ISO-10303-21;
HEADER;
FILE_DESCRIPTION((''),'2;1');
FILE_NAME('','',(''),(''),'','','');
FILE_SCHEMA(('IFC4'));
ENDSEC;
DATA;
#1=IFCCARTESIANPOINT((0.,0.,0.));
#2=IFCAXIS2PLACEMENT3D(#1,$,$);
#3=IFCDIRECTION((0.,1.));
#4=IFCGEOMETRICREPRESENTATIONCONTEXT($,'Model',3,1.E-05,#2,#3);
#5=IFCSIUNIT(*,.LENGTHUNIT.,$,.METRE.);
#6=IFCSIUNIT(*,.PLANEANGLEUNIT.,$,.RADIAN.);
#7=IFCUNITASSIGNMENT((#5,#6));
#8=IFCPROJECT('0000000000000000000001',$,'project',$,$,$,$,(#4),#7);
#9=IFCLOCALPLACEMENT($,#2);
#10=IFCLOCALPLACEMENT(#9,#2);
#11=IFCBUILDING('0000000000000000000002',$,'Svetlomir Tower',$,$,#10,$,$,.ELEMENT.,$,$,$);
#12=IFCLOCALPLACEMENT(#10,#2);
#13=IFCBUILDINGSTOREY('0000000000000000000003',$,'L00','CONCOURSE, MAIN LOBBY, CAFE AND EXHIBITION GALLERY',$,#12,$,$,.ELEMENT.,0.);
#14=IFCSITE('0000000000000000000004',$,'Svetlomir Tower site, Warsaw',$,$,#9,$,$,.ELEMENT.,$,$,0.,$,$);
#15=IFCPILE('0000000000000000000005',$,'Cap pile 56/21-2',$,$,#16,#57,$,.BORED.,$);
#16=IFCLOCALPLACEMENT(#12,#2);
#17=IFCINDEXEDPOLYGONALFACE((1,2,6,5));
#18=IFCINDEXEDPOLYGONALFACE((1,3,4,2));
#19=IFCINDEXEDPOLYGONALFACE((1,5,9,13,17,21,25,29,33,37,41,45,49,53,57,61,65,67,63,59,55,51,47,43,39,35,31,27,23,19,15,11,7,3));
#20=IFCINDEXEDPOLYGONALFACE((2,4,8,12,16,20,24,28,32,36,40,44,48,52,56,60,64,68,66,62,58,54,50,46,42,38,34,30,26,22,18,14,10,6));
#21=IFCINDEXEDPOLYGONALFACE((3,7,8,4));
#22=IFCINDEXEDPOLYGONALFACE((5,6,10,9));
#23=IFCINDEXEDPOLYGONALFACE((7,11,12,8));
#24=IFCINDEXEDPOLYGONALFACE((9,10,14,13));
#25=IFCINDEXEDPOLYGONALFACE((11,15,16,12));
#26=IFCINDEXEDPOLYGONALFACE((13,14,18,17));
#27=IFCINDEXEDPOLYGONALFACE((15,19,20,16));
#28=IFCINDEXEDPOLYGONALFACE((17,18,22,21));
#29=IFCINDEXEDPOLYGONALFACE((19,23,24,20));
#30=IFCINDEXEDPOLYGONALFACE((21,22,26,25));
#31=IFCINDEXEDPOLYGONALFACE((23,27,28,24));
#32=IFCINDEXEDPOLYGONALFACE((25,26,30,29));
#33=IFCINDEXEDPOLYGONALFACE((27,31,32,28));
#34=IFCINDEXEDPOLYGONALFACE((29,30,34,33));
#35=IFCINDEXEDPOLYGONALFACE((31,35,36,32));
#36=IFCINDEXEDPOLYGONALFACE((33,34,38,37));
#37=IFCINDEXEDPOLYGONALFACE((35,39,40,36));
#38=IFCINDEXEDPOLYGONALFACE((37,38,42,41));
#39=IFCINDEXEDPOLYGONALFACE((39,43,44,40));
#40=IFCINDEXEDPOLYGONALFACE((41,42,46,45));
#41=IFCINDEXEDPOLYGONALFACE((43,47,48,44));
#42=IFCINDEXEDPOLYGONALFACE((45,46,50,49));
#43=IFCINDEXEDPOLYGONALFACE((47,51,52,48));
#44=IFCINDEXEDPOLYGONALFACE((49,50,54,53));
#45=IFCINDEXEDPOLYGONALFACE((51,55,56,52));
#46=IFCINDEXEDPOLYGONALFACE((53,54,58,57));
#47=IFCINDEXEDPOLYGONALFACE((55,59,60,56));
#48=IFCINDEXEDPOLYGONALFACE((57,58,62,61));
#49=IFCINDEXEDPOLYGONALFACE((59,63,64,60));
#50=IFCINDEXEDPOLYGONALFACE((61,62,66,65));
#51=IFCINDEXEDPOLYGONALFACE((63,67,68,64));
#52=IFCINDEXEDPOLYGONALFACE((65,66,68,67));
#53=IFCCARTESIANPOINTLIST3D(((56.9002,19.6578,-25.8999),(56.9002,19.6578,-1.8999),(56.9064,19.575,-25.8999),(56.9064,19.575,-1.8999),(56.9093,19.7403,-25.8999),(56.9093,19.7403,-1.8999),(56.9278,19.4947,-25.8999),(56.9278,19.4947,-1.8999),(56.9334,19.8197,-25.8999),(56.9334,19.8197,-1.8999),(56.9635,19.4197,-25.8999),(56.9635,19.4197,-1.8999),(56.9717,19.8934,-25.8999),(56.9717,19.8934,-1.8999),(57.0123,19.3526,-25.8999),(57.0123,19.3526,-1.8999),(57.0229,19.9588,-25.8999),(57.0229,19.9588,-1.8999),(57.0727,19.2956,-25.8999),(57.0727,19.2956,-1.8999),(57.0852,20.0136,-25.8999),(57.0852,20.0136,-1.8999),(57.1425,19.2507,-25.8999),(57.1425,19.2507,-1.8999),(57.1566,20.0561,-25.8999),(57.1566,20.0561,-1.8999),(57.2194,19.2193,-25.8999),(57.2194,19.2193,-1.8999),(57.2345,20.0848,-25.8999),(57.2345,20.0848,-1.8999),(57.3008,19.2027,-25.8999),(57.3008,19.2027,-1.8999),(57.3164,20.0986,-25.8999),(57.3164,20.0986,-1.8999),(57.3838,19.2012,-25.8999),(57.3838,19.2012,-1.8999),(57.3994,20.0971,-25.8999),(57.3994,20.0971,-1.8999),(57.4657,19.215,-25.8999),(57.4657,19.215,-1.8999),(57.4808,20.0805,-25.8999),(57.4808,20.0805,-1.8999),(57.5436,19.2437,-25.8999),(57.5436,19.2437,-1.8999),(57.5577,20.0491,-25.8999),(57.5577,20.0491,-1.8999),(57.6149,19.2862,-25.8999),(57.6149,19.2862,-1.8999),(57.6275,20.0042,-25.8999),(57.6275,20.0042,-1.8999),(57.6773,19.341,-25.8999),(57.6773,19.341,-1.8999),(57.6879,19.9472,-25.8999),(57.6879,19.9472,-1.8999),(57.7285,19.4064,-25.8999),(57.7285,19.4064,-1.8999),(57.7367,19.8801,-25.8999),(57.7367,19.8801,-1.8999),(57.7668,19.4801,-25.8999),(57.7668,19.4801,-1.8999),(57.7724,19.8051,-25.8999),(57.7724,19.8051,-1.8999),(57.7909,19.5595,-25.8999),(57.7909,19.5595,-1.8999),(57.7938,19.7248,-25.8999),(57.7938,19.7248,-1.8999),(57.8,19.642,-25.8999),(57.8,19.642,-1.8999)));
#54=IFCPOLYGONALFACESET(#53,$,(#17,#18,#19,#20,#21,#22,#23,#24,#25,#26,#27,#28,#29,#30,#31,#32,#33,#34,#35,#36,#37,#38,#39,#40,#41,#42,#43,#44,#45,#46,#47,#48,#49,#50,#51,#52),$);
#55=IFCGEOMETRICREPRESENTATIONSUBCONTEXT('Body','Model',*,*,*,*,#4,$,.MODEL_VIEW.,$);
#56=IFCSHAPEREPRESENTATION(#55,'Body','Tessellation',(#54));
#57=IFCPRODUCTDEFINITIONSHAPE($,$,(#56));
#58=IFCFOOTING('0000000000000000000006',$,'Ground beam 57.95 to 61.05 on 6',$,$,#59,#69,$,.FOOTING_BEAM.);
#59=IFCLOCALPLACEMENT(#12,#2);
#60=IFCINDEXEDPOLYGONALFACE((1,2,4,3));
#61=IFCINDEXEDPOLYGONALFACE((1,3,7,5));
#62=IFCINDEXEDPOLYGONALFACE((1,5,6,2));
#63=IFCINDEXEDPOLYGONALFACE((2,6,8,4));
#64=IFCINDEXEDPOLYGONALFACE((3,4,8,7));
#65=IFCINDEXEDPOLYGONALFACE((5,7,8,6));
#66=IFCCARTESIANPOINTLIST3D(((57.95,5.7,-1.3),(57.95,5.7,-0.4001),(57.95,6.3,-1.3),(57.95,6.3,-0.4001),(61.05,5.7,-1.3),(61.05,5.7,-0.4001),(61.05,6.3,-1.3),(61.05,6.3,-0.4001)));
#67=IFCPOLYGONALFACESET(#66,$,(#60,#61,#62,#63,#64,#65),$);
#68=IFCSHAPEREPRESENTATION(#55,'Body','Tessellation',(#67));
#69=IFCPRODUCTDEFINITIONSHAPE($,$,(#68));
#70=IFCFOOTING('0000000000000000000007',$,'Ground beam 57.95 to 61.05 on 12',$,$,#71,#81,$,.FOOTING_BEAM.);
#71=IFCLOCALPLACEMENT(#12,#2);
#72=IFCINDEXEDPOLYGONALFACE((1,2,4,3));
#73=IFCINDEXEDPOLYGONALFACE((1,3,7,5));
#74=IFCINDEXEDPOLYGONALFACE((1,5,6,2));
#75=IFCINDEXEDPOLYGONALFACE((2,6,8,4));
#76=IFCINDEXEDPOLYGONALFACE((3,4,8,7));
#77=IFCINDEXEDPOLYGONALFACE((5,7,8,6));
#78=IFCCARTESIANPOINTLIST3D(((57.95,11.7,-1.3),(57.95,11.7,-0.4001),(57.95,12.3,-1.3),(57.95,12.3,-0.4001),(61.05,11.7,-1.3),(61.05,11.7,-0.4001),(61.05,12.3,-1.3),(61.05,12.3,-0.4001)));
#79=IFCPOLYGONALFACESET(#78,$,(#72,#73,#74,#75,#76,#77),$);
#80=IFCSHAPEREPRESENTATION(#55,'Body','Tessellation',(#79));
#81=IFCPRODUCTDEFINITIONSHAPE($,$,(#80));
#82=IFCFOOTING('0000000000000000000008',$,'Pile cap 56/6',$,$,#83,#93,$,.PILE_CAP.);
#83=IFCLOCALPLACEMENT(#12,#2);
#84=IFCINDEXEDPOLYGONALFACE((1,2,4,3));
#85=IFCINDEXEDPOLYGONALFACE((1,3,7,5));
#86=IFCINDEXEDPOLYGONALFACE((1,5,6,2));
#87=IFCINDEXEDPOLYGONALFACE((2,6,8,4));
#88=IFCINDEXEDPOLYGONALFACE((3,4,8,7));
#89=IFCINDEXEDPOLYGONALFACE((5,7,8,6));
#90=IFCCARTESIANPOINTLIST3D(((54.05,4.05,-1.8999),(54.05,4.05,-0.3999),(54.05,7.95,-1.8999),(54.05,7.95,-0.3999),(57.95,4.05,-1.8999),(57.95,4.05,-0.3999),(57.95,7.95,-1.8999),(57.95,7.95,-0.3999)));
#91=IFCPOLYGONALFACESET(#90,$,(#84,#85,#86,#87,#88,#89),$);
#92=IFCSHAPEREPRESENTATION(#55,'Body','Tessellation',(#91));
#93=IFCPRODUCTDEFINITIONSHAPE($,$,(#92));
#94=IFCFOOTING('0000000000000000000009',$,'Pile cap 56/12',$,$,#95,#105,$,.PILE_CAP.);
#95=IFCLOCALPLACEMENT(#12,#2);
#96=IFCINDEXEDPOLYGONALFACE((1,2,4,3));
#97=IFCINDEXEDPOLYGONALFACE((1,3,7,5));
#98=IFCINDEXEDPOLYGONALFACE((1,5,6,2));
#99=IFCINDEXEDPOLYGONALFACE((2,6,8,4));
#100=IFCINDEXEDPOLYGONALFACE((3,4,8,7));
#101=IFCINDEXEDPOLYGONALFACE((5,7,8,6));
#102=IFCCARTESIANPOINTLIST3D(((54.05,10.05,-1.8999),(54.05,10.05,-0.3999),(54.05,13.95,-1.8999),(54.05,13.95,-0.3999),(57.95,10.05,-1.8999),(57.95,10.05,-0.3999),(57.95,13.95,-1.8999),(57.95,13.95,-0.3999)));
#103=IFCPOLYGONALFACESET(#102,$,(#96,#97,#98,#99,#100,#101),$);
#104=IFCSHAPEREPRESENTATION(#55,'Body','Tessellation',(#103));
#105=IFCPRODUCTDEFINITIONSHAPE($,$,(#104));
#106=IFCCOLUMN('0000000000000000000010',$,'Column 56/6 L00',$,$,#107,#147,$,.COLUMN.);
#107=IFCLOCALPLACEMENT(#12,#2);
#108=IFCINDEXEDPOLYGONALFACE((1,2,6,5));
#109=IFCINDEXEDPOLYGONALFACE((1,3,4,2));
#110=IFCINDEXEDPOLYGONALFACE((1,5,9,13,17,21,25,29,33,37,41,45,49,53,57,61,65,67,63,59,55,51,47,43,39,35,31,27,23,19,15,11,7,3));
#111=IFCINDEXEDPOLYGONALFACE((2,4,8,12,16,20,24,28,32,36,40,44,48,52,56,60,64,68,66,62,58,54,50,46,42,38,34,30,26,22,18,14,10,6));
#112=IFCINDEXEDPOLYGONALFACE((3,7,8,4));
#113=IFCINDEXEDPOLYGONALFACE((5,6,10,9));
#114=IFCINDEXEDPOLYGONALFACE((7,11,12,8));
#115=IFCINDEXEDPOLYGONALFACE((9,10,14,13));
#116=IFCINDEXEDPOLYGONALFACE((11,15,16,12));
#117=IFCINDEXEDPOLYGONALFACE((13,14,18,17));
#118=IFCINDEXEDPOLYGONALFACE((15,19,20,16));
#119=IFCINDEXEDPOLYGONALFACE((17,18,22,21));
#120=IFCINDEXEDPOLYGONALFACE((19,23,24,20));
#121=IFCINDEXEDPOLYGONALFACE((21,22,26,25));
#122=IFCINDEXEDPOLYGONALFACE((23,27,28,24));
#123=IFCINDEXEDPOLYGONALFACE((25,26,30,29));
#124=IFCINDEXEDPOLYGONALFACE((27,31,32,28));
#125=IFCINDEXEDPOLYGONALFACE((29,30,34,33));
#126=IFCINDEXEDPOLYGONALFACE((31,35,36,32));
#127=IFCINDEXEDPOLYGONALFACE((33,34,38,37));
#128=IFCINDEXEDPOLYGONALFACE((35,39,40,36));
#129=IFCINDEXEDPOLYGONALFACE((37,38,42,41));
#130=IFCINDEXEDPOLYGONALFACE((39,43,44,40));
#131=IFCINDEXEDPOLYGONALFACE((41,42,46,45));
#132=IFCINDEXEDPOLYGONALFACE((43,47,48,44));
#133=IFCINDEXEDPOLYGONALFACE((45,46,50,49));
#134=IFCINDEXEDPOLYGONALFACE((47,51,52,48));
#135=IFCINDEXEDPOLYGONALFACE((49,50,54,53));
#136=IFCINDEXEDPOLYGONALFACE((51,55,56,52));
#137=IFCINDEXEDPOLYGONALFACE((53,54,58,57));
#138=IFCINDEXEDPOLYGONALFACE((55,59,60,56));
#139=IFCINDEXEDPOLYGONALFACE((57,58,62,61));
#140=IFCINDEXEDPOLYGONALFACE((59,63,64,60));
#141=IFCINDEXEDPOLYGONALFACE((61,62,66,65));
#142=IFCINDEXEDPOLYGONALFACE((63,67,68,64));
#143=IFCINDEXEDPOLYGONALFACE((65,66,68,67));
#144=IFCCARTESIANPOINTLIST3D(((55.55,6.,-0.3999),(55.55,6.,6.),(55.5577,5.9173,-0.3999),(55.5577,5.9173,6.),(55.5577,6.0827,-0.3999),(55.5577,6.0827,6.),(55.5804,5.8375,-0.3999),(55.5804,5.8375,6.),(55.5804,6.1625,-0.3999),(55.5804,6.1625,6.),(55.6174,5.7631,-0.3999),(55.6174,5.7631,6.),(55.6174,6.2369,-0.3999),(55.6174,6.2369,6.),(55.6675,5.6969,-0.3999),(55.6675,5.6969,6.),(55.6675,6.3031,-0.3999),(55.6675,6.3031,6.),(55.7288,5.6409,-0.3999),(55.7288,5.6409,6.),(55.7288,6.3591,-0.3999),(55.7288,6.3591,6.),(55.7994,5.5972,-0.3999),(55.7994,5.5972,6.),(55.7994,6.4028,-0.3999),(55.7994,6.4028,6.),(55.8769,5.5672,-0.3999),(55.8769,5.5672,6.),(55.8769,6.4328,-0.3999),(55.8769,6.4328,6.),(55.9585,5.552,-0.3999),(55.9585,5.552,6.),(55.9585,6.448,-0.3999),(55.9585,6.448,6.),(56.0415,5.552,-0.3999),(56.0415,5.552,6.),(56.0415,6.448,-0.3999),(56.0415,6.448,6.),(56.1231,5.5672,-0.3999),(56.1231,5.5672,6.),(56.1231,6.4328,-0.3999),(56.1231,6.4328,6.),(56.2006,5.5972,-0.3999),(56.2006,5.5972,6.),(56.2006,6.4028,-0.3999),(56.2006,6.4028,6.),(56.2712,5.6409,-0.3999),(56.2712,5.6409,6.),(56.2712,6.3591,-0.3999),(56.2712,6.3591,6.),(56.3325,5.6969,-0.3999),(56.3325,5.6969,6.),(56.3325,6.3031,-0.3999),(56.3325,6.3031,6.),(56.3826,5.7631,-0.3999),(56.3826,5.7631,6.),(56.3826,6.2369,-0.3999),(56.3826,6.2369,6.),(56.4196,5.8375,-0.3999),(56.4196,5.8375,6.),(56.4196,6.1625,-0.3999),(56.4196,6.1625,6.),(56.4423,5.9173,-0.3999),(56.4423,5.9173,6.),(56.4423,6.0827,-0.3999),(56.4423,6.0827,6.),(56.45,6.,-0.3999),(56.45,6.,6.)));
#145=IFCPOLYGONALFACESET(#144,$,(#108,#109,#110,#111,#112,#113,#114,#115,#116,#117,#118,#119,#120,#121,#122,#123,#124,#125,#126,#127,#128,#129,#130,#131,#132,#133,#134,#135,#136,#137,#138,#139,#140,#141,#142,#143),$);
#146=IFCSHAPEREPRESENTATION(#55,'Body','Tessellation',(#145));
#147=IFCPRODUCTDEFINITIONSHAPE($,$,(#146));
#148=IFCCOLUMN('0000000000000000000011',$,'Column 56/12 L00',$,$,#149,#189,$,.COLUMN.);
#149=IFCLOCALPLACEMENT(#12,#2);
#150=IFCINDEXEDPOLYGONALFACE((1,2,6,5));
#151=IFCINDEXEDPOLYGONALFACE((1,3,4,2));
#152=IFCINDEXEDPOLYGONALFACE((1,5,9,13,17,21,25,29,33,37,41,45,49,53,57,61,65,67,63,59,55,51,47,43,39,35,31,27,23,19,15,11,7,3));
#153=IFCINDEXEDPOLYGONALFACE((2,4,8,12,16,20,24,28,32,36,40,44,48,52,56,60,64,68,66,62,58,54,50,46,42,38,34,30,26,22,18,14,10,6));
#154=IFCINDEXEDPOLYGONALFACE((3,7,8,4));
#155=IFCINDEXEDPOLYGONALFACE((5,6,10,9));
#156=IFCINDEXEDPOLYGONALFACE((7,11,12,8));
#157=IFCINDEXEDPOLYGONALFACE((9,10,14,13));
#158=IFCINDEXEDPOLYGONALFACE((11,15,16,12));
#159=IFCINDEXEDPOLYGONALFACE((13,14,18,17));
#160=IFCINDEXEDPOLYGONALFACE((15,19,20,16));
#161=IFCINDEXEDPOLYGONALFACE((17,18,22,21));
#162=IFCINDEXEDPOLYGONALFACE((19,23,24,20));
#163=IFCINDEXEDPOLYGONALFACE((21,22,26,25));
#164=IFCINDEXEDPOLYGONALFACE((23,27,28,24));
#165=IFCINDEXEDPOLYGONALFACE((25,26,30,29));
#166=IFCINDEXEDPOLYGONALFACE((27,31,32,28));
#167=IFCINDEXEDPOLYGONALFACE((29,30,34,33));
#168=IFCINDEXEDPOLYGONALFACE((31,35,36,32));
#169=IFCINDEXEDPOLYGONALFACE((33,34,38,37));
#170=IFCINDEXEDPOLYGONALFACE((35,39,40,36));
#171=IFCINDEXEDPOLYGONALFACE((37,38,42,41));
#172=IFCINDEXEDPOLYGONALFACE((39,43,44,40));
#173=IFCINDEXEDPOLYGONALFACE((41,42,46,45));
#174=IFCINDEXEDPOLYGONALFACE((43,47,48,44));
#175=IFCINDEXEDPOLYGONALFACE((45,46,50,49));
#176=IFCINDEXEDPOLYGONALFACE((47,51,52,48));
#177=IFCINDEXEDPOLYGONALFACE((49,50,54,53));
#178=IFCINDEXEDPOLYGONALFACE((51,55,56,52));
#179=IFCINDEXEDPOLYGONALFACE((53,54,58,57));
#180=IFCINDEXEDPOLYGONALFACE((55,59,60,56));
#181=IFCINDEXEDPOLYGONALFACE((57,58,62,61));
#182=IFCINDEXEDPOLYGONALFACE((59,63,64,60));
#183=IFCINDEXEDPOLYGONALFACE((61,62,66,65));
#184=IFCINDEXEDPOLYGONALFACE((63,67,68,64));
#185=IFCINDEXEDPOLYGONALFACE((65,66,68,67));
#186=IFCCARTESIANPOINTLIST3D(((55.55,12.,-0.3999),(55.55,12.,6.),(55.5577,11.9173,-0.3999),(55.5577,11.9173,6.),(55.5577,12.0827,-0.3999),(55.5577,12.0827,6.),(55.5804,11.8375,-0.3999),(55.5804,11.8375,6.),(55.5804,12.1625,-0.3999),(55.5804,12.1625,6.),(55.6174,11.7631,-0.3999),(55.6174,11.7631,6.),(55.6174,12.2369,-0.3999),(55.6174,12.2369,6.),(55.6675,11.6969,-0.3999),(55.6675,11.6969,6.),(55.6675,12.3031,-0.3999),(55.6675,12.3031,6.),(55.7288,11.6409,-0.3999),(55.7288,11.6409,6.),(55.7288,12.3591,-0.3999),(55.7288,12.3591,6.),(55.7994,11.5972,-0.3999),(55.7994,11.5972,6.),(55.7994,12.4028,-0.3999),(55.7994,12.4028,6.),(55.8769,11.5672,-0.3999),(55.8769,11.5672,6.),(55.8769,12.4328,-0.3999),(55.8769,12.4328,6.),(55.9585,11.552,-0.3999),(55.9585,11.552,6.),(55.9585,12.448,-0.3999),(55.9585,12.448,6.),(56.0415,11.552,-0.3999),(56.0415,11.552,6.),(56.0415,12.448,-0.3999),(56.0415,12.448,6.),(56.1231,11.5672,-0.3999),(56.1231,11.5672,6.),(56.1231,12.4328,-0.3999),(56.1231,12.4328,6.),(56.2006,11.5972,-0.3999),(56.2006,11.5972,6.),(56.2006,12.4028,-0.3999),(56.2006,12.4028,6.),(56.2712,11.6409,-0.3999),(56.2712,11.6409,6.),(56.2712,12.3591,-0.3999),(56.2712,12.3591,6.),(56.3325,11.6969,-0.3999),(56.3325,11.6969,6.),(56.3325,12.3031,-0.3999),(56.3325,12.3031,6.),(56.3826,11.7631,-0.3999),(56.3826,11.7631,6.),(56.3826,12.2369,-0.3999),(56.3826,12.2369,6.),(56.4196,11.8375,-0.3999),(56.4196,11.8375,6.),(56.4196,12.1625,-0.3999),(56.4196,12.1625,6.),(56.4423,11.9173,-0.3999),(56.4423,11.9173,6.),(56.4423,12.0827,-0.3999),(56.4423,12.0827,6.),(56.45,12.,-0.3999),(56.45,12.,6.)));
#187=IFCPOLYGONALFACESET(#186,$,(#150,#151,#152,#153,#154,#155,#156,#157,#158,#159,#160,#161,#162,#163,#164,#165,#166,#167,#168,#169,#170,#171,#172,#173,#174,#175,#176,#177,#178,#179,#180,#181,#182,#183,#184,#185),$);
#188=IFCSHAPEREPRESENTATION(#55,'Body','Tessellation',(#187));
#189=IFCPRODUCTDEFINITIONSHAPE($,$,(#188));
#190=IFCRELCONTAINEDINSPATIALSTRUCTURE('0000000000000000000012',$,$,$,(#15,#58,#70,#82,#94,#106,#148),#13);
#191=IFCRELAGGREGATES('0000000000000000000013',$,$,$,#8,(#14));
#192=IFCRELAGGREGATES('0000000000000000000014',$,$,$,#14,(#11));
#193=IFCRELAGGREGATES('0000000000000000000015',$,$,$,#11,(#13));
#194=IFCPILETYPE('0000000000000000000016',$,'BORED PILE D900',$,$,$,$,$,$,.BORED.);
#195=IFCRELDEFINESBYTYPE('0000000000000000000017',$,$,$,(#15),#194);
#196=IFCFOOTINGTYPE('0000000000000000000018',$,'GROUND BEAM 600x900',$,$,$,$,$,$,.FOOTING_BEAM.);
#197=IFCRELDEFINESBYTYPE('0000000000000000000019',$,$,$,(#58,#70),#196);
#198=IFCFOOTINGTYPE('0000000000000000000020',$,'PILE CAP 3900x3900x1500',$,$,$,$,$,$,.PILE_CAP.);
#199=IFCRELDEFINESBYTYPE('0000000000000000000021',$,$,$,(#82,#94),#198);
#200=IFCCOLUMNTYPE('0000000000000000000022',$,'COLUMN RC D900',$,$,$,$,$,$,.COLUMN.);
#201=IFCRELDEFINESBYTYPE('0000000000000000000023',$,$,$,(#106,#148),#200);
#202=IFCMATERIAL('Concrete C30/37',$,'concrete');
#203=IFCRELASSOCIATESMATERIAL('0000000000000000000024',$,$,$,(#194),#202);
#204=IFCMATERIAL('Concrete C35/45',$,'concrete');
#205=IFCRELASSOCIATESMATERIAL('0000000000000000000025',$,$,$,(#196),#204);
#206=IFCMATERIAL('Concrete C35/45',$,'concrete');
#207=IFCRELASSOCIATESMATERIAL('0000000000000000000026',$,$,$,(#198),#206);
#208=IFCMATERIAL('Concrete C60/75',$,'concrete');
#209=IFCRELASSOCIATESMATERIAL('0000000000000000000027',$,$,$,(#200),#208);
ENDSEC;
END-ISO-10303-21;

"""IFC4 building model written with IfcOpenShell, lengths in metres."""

from ifc_helpers import new_model, si_unit, direction, frame, frame_2d, origin, origin_2d, place, context, subcontext, project, spatial, rectangle, circle, extrude, material, material_profile, profile_set, type_object, element, save


model = new_model("IFC4")

# Units and contexts
model_context = context("Model", 3, precision=1e-05, world=origin(), true_north=direction((0.0, 1.0)))
body_context = subcontext(model_context, "Body", "Model", "MODEL_VIEW")
ifc_project = project(units=[si_unit("LENGTHUNIT", "METRE"), si_unit("PLANEANGLEUNIT", "RADIAN")], contexts=[model_context])

# Site, building, storey
site_placement = place(None, origin())
site = spatial("IfcSite", under=ifc_project, at=site_placement, Name="Svetlomir Tower site, Warsaw", CompositionType="ELEMENT", RefElevation=0.0)
building_placement = place(site_placement, origin())
building = spatial("IfcBuilding", under=site, at=building_placement, Name="Svetlomir Tower", CompositionType="ELEMENT")
storey_placement = place(building_placement, origin())
storey = spatial("IfcBuildingStorey", under=building, at=storey_placement, Name="L00", Description="CONCOURSE, MAIN LOBBY, CAFE AND EXHIBITION GALLERY", CompositionType="ELEMENT", Elevation=0.0)

# Pile
ifc_material_1 = material(Name="Concrete C30/37", Category="concrete")
ifc_material_profile_1 = material_profile(ifc_material_1, circle(Radius=0.45, at=origin_2d()), Name="RC D900")
ifc_profile_set_1 = profile_set([ifc_material_profile_1], Name="Concrete C30/37")
pile_type = type_object("IfcPileType", Name="BORED PILE D900", PredefinedType="BORED", material=ifc_profile_set_1)
for number, where, z_axis, x_axis, name in (
    (1, (57.3501, 19.6499, -1.8999), (0.0, 0.0, -1.0), (1.0, 0.0, 0.0), "Cap pile 56/21-2"),
):
    element("IfcPile", number, at=place(storey_placement, frame(where, z_axis=z_axis, x_axis=x_axis)), inside=storey, type_object=pile_type, Name=name, PredefinedType="BORED", context=body_context, shape_type="SweptSolid", body=[
        extrude(circle(Radius=0.45, at=frame_2d((0.0, 0.0), x_axis=(0.999848, 0.017452))), origin(), (0.0, 0.0, 1.0), 24.0),
    ])

# Footings
ifc_material_2 = material(Name="Concrete C35/45", Category="concrete")
footing_type_1 = type_object("IfcFootingType", Name="GROUND BEAM 600x900", PredefinedType="FOOTING_BEAM", material=ifc_material_2)
for number, where, z_axis, x_axis, name in (
    (2, (59.5, 6.0, -1.3), (0.0, 0.0, 1.0), (1.0, 0.0, 0.0), "Ground beam 57.95 to 61.05 on 6"),
    (3, (59.5, 12.0, -1.3), (0.0, 0.0, 1.0), (1.0, 0.0, 0.0), "Ground beam 57.95 to 61.05 on 12"),
):
    element("IfcFooting", number, at=place(storey_placement, frame(where, z_axis=z_axis, x_axis=x_axis)), inside=storey, type_object=footing_type_1, Name=name, PredefinedType="FOOTING_BEAM", context=body_context, shape_type="SweptSolid", body=[
        extrude(rectangle(XDim=3.1001, YDim=0.6001, at=origin_2d()), origin(), (0.0, 0.0, 1.0), 0.8999),
    ])
ifc_material_3 = material(Name="Concrete C35/45", Category="concrete")
footing_type_2 = type_object("IfcFootingType", Name="PILE CAP 3900x3900x1500", PredefinedType="PILE_CAP", material=ifc_material_3)
for number, where, z_axis, x_axis, name in (
    (4, (56.0, 6.0, -1.8999), (0.0, 0.0, 1.0), (1.0, 0.0, 0.0), "Pile cap 56/6"),
    (5, (56.0, 12.0, -1.8999), (0.0, 0.0, 1.0), (1.0, 0.0, 0.0), "Pile cap 56/12"),
):
    element("IfcFooting", number, at=place(storey_placement, frame(where, z_axis=z_axis, x_axis=x_axis)), inside=storey, type_object=footing_type_2, Name=name, PredefinedType="PILE_CAP", context=body_context, shape_type="SweptSolid", body=[
        extrude(rectangle(XDim=3.8999, YDim=3.8999, at=origin_2d()), origin(), (0.0, 0.0, 1.0), 1.5),
    ])

# Columns
ifc_material_4 = material(Name="Concrete C60/75", Category="concrete")
ifc_material_profile_2 = material_profile(ifc_material_4, circle(Radius=0.45, at=origin_2d()), Name="RC D900")
ifc_profile_set_2 = profile_set([ifc_material_profile_2], Name="Concrete C60/75")
column_type = type_object("IfcColumnType", Name="COLUMN RC D900", PredefinedType="COLUMN", material=ifc_profile_set_2)
for number, where, z_axis, x_axis, name in (
    (6, (56.0, 6.0, -0.3999), (0.0, 0.0, 1.0), (1.0, 0.0, 0.0), "Column 56/6 L00"),
    (7, (56.0, 12.0, -0.3999), (0.0, 0.0, 1.0), (1.0, 0.0, 0.0), "Column 56/12 L00"),
):
    element("IfcColumn", number, at=place(storey_placement, frame(where, z_axis=z_axis, x_axis=x_axis)), inside=storey, type_object=column_type, Name=name, PredefinedType="COLUMN", context=body_context, shape_type="SweptSolid", body=[
        extrude(circle(Radius=0.45, at=origin_2d()), origin(), (0.0, 0.0, 1.0), 6.3999),
    ])

save(model, "model.ifc")
